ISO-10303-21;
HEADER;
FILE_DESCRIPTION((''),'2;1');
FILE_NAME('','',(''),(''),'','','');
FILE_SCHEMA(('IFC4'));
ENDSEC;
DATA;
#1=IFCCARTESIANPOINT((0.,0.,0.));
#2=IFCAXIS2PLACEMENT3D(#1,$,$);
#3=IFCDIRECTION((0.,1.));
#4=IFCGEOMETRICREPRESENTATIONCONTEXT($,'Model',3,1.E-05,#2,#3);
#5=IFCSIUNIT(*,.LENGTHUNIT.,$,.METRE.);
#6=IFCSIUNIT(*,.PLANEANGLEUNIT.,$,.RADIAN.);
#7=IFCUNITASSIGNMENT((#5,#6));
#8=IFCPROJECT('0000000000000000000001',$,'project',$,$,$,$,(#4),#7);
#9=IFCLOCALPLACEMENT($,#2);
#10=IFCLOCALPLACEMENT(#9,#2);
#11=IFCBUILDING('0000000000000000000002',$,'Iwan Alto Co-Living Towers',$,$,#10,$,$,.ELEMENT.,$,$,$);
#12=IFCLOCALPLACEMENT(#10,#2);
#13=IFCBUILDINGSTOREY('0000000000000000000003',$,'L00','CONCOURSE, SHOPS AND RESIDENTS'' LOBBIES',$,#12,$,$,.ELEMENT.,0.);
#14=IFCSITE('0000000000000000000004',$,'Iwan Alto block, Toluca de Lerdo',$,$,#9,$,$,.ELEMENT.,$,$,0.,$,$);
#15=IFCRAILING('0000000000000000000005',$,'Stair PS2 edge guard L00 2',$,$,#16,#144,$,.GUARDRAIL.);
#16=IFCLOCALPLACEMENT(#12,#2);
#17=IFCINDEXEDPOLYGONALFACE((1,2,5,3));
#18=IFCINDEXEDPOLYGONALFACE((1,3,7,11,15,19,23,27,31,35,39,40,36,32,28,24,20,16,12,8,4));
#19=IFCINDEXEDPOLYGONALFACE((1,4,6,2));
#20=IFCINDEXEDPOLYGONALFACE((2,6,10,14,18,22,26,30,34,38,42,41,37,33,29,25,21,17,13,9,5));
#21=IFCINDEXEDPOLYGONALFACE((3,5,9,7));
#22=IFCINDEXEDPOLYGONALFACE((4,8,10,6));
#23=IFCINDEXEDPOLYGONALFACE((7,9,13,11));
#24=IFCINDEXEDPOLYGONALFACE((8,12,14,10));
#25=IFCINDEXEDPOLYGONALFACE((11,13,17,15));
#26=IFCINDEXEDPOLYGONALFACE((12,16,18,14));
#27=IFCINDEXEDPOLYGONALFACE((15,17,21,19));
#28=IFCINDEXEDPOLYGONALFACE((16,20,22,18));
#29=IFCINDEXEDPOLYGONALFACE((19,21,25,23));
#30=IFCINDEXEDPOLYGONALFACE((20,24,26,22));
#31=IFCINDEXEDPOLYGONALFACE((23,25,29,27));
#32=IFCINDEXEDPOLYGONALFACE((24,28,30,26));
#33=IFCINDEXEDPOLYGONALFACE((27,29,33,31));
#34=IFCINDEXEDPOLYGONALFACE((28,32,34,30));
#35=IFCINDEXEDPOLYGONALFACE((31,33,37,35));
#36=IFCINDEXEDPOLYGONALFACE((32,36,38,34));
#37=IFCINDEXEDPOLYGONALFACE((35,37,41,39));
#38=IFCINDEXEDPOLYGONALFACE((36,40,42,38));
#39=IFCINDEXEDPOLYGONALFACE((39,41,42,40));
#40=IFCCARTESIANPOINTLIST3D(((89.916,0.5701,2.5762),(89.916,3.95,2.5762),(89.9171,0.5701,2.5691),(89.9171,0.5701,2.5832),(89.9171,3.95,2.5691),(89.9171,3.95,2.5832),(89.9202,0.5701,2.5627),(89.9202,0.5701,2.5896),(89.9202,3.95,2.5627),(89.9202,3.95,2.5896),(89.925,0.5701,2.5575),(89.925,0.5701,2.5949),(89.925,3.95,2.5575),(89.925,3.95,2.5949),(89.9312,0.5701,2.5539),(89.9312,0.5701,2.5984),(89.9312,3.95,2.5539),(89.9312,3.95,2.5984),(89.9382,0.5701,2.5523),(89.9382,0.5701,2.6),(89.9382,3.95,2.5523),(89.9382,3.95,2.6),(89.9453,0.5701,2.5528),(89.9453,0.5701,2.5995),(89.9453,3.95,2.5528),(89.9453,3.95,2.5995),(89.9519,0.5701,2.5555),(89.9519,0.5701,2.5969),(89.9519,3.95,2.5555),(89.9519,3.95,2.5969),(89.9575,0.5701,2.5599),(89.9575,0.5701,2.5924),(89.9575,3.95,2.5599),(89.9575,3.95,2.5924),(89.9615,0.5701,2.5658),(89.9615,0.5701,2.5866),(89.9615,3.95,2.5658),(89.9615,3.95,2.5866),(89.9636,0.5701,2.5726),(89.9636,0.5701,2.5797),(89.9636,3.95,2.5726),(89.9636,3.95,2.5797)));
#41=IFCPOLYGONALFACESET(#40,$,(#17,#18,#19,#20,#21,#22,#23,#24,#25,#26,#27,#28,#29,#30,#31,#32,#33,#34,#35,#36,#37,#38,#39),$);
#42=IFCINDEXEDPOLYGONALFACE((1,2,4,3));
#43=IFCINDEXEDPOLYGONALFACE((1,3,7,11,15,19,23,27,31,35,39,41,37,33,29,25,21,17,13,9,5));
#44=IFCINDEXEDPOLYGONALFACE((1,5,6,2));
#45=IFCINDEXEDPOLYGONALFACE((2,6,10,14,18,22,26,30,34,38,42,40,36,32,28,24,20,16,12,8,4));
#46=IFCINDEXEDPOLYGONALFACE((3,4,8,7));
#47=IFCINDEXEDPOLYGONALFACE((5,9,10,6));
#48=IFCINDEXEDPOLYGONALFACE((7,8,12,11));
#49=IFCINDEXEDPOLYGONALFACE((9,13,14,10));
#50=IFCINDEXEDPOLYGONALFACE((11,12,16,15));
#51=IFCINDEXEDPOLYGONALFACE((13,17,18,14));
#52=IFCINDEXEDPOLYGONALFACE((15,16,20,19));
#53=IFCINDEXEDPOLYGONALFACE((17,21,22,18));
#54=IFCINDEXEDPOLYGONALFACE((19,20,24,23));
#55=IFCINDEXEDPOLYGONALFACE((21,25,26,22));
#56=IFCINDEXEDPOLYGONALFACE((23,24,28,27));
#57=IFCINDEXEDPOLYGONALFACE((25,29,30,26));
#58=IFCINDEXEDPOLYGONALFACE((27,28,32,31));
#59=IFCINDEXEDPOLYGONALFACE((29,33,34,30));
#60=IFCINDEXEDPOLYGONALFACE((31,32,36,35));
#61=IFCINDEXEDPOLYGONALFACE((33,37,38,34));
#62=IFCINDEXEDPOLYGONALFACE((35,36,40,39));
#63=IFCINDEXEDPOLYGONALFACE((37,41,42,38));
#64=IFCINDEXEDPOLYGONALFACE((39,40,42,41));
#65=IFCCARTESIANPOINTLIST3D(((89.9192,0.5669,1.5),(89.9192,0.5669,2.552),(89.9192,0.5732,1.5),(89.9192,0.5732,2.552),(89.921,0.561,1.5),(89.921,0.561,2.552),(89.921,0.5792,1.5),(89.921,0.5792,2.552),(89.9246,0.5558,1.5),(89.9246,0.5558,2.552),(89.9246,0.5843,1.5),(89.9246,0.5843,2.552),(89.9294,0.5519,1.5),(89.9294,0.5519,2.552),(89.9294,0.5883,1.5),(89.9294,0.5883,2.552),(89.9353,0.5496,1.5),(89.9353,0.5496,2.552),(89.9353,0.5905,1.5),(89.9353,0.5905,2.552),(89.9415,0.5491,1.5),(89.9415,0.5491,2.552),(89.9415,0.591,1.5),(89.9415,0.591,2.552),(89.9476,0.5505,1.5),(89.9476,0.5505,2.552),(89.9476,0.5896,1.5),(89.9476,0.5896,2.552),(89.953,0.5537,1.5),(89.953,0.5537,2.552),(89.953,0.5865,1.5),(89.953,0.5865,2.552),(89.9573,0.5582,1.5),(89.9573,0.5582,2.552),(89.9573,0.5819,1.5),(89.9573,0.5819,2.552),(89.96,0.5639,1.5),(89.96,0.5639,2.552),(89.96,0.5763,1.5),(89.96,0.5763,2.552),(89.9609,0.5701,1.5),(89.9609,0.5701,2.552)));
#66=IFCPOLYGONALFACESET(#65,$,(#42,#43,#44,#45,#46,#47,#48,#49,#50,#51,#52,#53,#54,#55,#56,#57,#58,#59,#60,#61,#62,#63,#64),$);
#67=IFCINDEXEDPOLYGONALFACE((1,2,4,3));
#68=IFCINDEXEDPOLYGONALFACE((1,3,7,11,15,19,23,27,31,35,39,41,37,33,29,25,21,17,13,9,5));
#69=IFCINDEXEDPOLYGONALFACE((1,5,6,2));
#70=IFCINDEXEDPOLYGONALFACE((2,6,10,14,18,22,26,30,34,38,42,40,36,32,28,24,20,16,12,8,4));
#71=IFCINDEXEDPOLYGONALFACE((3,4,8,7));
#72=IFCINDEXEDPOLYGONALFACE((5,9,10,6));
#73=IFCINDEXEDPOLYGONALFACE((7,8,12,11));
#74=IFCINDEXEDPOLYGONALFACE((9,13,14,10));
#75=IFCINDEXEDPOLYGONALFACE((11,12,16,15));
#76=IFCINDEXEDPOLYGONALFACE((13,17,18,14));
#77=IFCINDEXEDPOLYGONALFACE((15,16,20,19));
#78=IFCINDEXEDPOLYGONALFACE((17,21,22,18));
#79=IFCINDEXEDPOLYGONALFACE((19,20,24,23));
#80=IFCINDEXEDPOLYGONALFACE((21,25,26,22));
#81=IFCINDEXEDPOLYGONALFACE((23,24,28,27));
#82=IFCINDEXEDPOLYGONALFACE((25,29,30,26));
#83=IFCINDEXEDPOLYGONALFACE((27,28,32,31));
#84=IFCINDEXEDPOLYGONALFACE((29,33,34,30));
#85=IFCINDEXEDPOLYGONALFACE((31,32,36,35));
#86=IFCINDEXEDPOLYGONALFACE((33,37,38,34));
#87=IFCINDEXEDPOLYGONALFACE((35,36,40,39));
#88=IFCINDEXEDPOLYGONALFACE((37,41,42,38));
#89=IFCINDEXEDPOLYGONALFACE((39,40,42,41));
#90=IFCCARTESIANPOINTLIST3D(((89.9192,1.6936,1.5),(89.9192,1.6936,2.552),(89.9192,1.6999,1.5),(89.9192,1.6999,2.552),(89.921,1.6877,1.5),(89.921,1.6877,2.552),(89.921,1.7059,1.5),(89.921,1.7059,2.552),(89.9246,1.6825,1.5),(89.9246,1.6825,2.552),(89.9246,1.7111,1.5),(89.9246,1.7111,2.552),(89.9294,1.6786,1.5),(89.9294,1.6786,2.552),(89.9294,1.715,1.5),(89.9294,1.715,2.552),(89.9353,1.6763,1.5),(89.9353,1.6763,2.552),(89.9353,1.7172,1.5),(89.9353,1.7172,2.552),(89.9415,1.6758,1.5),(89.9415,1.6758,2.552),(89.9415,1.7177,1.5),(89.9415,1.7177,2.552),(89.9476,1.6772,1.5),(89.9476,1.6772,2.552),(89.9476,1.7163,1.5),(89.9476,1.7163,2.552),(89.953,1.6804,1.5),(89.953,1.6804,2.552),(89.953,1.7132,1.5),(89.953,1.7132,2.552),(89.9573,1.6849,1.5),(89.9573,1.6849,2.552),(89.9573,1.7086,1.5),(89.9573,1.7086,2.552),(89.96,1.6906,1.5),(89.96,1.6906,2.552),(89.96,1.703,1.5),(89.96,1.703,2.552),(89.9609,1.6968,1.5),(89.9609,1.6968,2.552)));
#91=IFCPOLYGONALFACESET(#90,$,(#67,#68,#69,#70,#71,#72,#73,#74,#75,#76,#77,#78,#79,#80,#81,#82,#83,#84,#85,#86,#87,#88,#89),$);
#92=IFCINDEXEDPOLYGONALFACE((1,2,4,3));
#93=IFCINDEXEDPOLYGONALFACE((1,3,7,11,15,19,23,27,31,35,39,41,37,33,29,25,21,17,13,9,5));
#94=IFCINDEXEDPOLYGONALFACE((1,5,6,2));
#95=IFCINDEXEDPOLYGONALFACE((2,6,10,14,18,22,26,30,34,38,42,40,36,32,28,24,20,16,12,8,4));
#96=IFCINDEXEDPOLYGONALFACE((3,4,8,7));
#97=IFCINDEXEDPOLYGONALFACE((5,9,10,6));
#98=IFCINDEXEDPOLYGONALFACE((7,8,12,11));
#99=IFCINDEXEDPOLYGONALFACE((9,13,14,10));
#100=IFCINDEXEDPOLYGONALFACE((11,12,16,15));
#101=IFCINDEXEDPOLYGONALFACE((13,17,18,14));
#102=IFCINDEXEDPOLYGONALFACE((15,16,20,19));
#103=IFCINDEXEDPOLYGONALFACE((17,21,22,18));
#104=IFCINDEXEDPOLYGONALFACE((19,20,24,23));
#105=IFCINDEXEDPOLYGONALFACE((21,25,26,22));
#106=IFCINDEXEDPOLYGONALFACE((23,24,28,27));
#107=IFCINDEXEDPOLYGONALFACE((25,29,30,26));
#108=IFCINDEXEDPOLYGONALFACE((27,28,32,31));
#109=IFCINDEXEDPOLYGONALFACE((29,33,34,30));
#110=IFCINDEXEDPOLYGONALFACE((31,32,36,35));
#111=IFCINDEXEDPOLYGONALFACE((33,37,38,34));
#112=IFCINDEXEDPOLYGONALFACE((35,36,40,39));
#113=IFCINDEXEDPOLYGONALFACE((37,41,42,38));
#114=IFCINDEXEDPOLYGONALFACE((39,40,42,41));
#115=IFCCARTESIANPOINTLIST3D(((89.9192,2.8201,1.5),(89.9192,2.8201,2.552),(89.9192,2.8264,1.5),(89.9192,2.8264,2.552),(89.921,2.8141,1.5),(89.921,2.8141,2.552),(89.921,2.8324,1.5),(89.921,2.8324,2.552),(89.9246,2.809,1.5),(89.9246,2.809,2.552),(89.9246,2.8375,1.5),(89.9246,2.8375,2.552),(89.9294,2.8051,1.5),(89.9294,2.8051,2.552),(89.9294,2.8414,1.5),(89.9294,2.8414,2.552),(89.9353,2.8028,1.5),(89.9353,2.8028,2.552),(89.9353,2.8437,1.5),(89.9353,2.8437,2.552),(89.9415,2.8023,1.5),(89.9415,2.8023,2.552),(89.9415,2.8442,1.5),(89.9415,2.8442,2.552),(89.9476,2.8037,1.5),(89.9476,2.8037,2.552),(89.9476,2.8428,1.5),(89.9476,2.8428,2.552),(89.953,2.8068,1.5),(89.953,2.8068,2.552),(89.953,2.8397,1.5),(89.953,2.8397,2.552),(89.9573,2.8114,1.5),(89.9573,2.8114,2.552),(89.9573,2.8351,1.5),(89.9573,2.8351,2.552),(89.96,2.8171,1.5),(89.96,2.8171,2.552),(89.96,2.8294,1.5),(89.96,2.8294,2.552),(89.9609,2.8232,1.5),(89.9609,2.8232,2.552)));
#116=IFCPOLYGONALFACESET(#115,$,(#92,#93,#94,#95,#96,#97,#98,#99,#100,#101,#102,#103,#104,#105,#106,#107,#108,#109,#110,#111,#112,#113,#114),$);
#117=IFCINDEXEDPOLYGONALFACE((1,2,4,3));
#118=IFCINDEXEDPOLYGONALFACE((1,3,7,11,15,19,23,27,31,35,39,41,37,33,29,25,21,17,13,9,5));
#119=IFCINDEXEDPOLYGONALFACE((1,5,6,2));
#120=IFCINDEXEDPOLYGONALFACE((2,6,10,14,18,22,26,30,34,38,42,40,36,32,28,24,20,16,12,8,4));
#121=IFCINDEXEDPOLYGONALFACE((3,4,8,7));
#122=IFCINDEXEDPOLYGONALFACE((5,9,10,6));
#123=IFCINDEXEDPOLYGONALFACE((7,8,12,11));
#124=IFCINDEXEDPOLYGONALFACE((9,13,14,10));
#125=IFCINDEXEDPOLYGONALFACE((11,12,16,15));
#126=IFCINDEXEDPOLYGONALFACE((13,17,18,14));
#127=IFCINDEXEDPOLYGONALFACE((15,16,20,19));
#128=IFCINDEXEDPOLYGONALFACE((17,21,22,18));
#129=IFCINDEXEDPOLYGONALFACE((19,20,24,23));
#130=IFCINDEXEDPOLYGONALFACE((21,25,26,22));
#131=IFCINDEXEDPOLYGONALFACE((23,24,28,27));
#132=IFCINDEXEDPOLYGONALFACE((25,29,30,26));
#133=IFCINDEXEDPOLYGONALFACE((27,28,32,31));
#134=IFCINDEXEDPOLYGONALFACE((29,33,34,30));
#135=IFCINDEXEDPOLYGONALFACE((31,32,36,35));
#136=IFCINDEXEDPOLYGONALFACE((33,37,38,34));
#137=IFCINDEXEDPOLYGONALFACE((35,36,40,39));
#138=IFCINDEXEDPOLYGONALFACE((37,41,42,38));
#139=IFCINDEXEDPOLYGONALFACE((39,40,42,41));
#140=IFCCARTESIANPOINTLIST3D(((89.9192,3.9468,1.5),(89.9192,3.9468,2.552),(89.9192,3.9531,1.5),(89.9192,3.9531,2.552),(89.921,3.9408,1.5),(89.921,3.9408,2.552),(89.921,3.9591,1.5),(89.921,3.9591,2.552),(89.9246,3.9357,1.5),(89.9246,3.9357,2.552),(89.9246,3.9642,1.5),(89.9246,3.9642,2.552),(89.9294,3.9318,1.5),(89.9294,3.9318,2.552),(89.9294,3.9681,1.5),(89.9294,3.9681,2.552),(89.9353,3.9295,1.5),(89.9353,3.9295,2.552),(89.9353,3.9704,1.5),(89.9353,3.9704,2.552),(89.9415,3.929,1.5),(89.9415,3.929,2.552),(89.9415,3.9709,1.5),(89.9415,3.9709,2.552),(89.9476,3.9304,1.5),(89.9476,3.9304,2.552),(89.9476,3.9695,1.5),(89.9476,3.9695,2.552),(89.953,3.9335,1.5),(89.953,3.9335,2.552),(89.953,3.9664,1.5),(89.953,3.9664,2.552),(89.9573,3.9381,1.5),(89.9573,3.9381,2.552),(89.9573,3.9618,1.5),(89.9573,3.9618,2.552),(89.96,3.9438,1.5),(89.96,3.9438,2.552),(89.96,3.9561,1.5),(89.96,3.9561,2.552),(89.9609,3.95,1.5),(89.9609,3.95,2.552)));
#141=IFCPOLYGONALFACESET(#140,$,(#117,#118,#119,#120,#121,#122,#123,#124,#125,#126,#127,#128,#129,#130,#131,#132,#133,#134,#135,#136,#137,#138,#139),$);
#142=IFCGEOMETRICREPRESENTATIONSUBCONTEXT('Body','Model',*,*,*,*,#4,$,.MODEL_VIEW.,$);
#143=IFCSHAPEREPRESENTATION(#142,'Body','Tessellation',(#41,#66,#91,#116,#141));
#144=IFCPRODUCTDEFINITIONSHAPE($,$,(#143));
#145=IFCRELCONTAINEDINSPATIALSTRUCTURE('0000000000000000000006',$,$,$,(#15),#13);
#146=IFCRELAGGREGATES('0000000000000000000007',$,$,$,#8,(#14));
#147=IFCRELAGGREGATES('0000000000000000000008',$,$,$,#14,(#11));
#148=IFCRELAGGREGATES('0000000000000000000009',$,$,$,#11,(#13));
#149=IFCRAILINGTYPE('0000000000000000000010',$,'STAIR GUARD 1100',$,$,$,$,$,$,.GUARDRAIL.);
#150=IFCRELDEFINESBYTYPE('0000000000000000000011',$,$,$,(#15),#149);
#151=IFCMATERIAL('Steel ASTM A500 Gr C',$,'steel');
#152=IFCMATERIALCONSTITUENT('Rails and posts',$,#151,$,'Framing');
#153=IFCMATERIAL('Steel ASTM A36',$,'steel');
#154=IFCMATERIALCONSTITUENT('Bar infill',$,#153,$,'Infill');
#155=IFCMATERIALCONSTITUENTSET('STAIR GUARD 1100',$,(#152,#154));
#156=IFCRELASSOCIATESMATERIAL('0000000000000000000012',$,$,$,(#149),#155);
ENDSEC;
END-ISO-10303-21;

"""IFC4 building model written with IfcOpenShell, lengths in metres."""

from ifc_helpers import new_model, si_unit, direction, frame, origin, origin_2d, place, context, subcontext, project, spatial, circle, extrude, material, constituent, constituent_set, type_object, element, save


model = new_model("IFC4")

# Units and contexts
model_context = context("Model", 3, precision=1e-05, world=origin(), true_north=direction((0.0, 1.0)))
body_context = subcontext(model_context, "Body", "Model", "MODEL_VIEW")
ifc_project = project(units=[si_unit("LENGTHUNIT", "METRE"), si_unit("PLANEANGLEUNIT", "RADIAN")], contexts=[model_context])

# Site, building, storey
site_placement = place(None, origin())
site = spatial("IfcSite", under=ifc_project, at=site_placement, Name="Iwan Alto block, Toluca de Lerdo", CompositionType="ELEMENT", RefElevation=0.0)
building_placement = place(site_placement, origin())
building = spatial("IfcBuilding", under=site, at=building_placement, Name="Iwan Alto Co-Living Towers", CompositionType="ELEMENT")
storey_placement = place(building_placement, origin())
storey = spatial("IfcBuildingStorey", under=building, at=storey_placement, Name="L00", Description="CONCOURSE, SHOPS AND RESIDENTS' LOBBIES", CompositionType="ELEMENT", Elevation=0.0)

# Shared definitions
ifc_material_1 = material(Name="Steel ASTM A36", Category="steel")

# Railing
ifc_material_2 = material(Name="Steel ASTM A500 Gr C", Category="steel")
ifc_constituent_1 = constituent(ifc_material_2, Name="Rails and posts", Category="Framing")
ifc_constituent_2 = constituent(ifc_material_1, Name="Bar infill", Category="Infill")
ifc_constituent_set_1 = constituent_set(constituents=[ifc_constituent_1, ifc_constituent_2], Name="STAIR GUARD 1100")
railing_type_1 = type_object("IfcRailingType", Name="STAIR GUARD 1100", PredefinedType="GUARDRAIL", material=ifc_constituent_set_1)
for number, where, name in (
    (1, (89.9399, 0.5701, 1.5), "Stair PS2 edge guard L00 2"),
):
    element("IfcRailing", number, at=place(storey_placement, frame(where)), inside=storey, type_object=railing_type_1, Name=name, PredefinedType="GUARDRAIL", context=body_context, shape_type="SweptSolid", body=[
        extrude(circle(Radius=0.0239, at=origin_2d()), frame((0.0, 0.0, 1.0762), z_axis=(0.0, 1.0, 0.0), x_axis=(-1.0, 0.0, 0.0)), (0.0, 0.0, 1.0), 3.3799),
        extrude(circle(Radius=0.021, at=origin_2d()), origin(), (0.0, 0.0, 1.0), 1.052),
        extrude(circle(Radius=0.021, at=origin_2d()), frame((0.0, 1.1267, 0.0)), (0.0, 0.0, 1.0), 1.052),
        extrude(circle(Radius=0.021, at=origin_2d()), frame((0.0, 2.2532, 0.0)), (0.0, 0.0, 1.0), 1.052),
        extrude(circle(Radius=0.021, at=origin_2d()), frame((0.0, 3.3799, 0.0)), (0.0, 0.0, 1.0), 1.052),
    ])

save(model, "model.ifc")
